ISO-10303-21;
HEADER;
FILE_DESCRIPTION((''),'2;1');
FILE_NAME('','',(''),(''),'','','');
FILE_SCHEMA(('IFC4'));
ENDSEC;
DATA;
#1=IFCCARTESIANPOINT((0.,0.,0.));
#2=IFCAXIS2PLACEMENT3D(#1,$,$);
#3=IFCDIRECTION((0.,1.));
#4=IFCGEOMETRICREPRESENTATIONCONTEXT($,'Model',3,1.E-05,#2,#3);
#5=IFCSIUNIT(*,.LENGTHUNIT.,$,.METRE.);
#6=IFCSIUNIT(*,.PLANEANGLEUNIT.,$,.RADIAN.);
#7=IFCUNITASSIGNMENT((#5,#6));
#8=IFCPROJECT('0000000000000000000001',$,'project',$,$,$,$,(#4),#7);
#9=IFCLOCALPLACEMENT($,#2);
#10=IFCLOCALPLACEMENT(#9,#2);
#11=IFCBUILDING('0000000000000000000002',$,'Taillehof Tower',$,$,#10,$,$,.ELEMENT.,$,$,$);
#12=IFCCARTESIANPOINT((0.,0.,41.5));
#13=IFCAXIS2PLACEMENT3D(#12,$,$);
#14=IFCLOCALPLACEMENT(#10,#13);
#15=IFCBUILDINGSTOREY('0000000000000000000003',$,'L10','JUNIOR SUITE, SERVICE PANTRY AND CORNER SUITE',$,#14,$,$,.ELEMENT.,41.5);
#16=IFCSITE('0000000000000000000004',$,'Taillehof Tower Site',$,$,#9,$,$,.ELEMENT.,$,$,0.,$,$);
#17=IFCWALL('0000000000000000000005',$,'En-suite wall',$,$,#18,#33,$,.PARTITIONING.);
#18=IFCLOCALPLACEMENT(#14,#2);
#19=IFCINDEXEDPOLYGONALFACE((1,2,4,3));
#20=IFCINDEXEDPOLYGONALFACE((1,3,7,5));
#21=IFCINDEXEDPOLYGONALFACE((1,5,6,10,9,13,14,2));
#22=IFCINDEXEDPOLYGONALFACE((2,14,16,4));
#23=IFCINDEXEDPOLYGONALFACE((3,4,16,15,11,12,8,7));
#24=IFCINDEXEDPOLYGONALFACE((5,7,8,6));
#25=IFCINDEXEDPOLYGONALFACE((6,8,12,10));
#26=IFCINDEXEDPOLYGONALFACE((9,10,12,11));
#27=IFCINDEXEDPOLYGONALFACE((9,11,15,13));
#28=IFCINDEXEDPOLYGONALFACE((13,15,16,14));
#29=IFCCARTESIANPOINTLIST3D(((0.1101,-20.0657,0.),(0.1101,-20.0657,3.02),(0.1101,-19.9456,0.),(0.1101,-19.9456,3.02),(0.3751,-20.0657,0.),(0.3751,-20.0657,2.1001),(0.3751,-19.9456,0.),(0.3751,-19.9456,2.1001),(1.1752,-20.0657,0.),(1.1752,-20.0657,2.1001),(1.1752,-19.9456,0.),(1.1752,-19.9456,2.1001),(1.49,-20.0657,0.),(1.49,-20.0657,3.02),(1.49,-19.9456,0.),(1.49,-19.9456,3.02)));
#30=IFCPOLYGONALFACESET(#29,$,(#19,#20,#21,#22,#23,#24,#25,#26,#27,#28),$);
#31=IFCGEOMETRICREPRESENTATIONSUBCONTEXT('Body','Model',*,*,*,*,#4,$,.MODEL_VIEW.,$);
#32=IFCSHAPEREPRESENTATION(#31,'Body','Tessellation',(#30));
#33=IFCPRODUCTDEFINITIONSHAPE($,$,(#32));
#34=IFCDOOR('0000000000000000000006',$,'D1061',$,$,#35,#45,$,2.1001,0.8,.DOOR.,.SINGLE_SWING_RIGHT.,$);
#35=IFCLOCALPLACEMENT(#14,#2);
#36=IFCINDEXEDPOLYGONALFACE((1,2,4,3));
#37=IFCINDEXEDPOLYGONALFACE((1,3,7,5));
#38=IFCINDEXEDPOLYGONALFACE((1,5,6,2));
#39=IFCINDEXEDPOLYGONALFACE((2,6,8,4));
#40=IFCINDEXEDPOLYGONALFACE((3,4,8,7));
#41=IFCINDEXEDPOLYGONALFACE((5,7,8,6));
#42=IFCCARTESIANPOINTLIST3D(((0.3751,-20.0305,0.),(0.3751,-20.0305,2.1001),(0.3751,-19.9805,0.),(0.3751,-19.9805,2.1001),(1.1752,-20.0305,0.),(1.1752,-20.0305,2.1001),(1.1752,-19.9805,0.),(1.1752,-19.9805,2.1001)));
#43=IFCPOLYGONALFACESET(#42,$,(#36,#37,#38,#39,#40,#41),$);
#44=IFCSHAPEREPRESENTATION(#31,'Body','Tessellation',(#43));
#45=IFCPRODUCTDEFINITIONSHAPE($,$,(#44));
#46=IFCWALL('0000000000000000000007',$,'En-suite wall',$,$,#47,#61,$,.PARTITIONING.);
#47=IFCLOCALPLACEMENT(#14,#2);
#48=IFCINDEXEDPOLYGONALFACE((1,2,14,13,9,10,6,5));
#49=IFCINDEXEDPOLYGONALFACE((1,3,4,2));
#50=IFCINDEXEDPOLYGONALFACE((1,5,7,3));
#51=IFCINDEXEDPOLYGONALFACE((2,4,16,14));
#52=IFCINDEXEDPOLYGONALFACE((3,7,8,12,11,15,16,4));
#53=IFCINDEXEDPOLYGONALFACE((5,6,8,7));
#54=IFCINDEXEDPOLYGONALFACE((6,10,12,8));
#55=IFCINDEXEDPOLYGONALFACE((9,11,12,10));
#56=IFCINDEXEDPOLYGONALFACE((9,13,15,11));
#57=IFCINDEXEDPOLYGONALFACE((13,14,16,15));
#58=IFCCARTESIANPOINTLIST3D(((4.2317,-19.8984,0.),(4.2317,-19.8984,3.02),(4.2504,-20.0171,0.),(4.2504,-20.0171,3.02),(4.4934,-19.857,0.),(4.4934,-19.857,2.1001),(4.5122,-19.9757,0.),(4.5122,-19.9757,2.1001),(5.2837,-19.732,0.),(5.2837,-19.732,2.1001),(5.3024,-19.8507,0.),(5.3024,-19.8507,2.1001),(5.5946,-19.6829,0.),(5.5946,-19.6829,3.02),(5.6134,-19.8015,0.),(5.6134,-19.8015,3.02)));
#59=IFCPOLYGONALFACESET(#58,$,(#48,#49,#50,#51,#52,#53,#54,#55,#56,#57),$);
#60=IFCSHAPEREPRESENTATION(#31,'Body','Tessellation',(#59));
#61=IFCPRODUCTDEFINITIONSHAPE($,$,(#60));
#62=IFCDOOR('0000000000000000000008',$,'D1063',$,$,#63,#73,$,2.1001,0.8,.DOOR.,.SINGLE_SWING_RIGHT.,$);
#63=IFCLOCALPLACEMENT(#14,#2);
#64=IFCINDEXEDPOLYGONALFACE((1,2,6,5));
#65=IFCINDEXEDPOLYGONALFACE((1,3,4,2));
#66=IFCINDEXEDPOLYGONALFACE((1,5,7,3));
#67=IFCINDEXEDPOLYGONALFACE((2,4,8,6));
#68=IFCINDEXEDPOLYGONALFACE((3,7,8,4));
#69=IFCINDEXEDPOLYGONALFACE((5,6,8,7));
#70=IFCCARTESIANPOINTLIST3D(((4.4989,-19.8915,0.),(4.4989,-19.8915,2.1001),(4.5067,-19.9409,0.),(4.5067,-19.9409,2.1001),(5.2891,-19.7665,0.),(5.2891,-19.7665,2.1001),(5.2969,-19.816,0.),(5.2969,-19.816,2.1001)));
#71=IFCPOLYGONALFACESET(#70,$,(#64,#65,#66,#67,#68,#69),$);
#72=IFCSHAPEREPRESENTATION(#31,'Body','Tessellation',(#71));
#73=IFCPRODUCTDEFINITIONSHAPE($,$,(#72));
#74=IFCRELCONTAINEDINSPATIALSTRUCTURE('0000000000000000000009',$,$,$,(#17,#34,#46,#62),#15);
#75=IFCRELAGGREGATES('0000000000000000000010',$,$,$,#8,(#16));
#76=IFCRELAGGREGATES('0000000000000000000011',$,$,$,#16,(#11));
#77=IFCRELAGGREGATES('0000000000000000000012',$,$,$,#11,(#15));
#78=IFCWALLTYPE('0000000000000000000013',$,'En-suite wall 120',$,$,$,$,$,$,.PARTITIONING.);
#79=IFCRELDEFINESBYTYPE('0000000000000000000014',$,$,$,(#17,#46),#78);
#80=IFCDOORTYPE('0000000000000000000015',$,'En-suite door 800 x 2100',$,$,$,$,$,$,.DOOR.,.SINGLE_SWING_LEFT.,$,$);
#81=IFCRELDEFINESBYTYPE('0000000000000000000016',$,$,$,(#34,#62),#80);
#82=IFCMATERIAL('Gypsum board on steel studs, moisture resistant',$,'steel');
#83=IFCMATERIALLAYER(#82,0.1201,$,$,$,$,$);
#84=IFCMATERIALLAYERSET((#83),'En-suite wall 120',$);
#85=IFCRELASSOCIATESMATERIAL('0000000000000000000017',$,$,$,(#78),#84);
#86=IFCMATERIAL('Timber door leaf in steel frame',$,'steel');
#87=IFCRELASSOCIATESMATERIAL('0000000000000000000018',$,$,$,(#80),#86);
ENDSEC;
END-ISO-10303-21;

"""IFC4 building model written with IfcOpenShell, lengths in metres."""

from ifc_helpers import new_model, si_unit, direction, frame, frame_2d, origin, place, context, subcontext, project, spatial, rectangle, extrude, material, layer, layer_set, type_object, element, fill, save


model = new_model("IFC4")

# Units and contexts
model_context = context("Model", 3, precision=1e-05, world=origin(), true_north=direction((0.0, 1.0)))
body_context = subcontext(model_context, "Body", "Model", "MODEL_VIEW")
ifc_project = project(units=[si_unit("LENGTHUNIT", "METRE"), si_unit("PLANEANGLEUNIT", "RADIAN")], contexts=[model_context])

# Site, building, storey
site_placement = place(None, origin())
site = spatial("IfcSite", under=ifc_project, at=site_placement, Name="Taillehof Tower Site", CompositionType="ELEMENT", RefElevation=0.0)
building_placement = place(site_placement, origin())
building = spatial("IfcBuilding", under=site, at=building_placement, Name="Taillehof Tower", CompositionType="ELEMENT")
storey_placement = place(building_placement, frame((0.0, 0.0, 41.5)))
storey = spatial("IfcBuildingStorey", under=building, at=storey_placement, Name="L10", Description="JUNIOR SUITE, SERVICE PANTRY AND CORNER SUITE", CompositionType="ELEMENT", Elevation=41.5)

# Shared definitions
ifc_material_1 = material(Name="Gypsum board on steel studs, moisture resistant", Category="steel")
ifc_layer_1 = layer(ifc_material_1, 0.1201)
ifc_layer_set_1 = layer_set([ifc_layer_1], Name="En-suite wall 120")
wall_type_1 = type_object("IfcWallType", Name="En-suite wall 120", PredefinedType="PARTITIONING", material=ifc_layer_set_1)

# Walls, openings, doors
wall_1_placement = place(storey_placement, frame((1.49, -20.0056, 0.0), z_axis=(0.0, 0.0, 1.0), x_axis=(-1.0, 0.0, 0.0)))
wall_1 = element("IfcWall", 1, at=wall_1_placement, inside=storey, type_object=wall_type_1, Name="En-suite wall", PredefinedType="PARTITIONING", context=body_context, shape_type="SweptSolid", body=[
    extrude(rectangle(XDim=1.3799, YDim=0.1201, at=frame_2d((0.6899, 0.0))), origin(), (0.0, 0.0, 1.0), 3.02),
])
opening_1_placement = place(wall_1_placement, frame((0.3149, 0.0, 0.0)))
opening_1 = element("IfcOpeningElement", 2, at=opening_1_placement, cuts=wall_1, PredefinedType="OPENING", context=body_context, shape_type="SweptSolid", body=[
    extrude(rectangle(XDim=0.8, YDim=2.1001, at=frame_2d((0.3999, 1.05))), frame((0.0, 0.0701, 0.0), z_axis=(0.0, -1.0, 0.0), x_axis=(1.0, 0.0, 0.0)), (0.0, 0.0, 1.0), 0.1401),
])
ifc_material_2 = material(Name="Timber door leaf in steel frame", Category="steel")
door_type_1 = type_object("IfcDoorType", Name="En-suite door 800 x 2100", OperationType="SINGLE_SWING_LEFT", PredefinedType="DOOR", material=ifc_material_2)
door_1_placement = place(opening_1_placement, origin())
door_1 = element("IfcDoor", 3, at=door_1_placement, inside=storey, type_object=door_type_1, Name="D1061", OperationType="SINGLE_SWING_RIGHT", OverallHeight=2.1001, OverallWidth=0.8, PredefinedType="DOOR", context=body_context, shape_type="SweptSolid", body=[
    extrude(rectangle(XDim=0.8, YDim=2.1001, at=frame_2d((0.3999, 1.05))), frame((0.0, 0.0249, 0.0), z_axis=(0.0, -1.0, 0.0), x_axis=(1.0, 0.0, 0.0)), (0.0, 0.0, 1.0), 0.05),
])
fill(opening_1, door_1)
wall_2_placement = place(storey_placement, frame((5.604, -19.7422, 0.0), z_axis=(0.0, 0.0, 1.0), x_axis=(-0.987723, -0.156217, 0.0)))
wall_2 = element("IfcWall", 4, at=wall_2_placement, inside=storey, type_object=wall_type_1, Name="En-suite wall", PredefinedType="PARTITIONING", context=body_context, shape_type="SweptSolid", body=[
    extrude(rectangle(XDim=1.3799, YDim=0.1201, at=frame_2d((0.6899, 0.0))), origin(), (0.0, 0.0, 1.0), 3.02),
])
opening_2_placement = place(wall_2_placement, frame((0.3149, 0.0, 0.0)))
opening_2 = element("IfcOpeningElement", 5, at=opening_2_placement, cuts=wall_2, PredefinedType="OPENING", context=body_context, shape_type="SweptSolid", body=[
    extrude(rectangle(XDim=0.8, YDim=2.1001, at=frame_2d((0.3999, 1.05))), frame((0.0, 0.0701, 0.0), z_axis=(0.0, -1.0, 0.0), x_axis=(1.0, 0.0, 0.0)), (0.0, 0.0, 1.0), 0.1401),
])
door_2_placement = place(opening_2_placement, origin())
door_2 = element("IfcDoor", 6, at=door_2_placement, inside=storey, type_object=door_type_1, Name="D1063", OperationType="SINGLE_SWING_RIGHT", OverallHeight=2.1001, OverallWidth=0.8, PredefinedType="DOOR", context=body_context, shape_type="SweptSolid", body=[
    extrude(rectangle(XDim=0.8, YDim=2.1001, at=frame_2d((0.3999, 1.05))), frame((0.0, 0.0249, 0.0), z_axis=(0.0, -1.0, 0.0), x_axis=(1.0, 0.0, 0.0)), (0.0, 0.0, 1.0), 0.05),
])
fill(opening_2, door_2)

save(model, "model.ifc")
